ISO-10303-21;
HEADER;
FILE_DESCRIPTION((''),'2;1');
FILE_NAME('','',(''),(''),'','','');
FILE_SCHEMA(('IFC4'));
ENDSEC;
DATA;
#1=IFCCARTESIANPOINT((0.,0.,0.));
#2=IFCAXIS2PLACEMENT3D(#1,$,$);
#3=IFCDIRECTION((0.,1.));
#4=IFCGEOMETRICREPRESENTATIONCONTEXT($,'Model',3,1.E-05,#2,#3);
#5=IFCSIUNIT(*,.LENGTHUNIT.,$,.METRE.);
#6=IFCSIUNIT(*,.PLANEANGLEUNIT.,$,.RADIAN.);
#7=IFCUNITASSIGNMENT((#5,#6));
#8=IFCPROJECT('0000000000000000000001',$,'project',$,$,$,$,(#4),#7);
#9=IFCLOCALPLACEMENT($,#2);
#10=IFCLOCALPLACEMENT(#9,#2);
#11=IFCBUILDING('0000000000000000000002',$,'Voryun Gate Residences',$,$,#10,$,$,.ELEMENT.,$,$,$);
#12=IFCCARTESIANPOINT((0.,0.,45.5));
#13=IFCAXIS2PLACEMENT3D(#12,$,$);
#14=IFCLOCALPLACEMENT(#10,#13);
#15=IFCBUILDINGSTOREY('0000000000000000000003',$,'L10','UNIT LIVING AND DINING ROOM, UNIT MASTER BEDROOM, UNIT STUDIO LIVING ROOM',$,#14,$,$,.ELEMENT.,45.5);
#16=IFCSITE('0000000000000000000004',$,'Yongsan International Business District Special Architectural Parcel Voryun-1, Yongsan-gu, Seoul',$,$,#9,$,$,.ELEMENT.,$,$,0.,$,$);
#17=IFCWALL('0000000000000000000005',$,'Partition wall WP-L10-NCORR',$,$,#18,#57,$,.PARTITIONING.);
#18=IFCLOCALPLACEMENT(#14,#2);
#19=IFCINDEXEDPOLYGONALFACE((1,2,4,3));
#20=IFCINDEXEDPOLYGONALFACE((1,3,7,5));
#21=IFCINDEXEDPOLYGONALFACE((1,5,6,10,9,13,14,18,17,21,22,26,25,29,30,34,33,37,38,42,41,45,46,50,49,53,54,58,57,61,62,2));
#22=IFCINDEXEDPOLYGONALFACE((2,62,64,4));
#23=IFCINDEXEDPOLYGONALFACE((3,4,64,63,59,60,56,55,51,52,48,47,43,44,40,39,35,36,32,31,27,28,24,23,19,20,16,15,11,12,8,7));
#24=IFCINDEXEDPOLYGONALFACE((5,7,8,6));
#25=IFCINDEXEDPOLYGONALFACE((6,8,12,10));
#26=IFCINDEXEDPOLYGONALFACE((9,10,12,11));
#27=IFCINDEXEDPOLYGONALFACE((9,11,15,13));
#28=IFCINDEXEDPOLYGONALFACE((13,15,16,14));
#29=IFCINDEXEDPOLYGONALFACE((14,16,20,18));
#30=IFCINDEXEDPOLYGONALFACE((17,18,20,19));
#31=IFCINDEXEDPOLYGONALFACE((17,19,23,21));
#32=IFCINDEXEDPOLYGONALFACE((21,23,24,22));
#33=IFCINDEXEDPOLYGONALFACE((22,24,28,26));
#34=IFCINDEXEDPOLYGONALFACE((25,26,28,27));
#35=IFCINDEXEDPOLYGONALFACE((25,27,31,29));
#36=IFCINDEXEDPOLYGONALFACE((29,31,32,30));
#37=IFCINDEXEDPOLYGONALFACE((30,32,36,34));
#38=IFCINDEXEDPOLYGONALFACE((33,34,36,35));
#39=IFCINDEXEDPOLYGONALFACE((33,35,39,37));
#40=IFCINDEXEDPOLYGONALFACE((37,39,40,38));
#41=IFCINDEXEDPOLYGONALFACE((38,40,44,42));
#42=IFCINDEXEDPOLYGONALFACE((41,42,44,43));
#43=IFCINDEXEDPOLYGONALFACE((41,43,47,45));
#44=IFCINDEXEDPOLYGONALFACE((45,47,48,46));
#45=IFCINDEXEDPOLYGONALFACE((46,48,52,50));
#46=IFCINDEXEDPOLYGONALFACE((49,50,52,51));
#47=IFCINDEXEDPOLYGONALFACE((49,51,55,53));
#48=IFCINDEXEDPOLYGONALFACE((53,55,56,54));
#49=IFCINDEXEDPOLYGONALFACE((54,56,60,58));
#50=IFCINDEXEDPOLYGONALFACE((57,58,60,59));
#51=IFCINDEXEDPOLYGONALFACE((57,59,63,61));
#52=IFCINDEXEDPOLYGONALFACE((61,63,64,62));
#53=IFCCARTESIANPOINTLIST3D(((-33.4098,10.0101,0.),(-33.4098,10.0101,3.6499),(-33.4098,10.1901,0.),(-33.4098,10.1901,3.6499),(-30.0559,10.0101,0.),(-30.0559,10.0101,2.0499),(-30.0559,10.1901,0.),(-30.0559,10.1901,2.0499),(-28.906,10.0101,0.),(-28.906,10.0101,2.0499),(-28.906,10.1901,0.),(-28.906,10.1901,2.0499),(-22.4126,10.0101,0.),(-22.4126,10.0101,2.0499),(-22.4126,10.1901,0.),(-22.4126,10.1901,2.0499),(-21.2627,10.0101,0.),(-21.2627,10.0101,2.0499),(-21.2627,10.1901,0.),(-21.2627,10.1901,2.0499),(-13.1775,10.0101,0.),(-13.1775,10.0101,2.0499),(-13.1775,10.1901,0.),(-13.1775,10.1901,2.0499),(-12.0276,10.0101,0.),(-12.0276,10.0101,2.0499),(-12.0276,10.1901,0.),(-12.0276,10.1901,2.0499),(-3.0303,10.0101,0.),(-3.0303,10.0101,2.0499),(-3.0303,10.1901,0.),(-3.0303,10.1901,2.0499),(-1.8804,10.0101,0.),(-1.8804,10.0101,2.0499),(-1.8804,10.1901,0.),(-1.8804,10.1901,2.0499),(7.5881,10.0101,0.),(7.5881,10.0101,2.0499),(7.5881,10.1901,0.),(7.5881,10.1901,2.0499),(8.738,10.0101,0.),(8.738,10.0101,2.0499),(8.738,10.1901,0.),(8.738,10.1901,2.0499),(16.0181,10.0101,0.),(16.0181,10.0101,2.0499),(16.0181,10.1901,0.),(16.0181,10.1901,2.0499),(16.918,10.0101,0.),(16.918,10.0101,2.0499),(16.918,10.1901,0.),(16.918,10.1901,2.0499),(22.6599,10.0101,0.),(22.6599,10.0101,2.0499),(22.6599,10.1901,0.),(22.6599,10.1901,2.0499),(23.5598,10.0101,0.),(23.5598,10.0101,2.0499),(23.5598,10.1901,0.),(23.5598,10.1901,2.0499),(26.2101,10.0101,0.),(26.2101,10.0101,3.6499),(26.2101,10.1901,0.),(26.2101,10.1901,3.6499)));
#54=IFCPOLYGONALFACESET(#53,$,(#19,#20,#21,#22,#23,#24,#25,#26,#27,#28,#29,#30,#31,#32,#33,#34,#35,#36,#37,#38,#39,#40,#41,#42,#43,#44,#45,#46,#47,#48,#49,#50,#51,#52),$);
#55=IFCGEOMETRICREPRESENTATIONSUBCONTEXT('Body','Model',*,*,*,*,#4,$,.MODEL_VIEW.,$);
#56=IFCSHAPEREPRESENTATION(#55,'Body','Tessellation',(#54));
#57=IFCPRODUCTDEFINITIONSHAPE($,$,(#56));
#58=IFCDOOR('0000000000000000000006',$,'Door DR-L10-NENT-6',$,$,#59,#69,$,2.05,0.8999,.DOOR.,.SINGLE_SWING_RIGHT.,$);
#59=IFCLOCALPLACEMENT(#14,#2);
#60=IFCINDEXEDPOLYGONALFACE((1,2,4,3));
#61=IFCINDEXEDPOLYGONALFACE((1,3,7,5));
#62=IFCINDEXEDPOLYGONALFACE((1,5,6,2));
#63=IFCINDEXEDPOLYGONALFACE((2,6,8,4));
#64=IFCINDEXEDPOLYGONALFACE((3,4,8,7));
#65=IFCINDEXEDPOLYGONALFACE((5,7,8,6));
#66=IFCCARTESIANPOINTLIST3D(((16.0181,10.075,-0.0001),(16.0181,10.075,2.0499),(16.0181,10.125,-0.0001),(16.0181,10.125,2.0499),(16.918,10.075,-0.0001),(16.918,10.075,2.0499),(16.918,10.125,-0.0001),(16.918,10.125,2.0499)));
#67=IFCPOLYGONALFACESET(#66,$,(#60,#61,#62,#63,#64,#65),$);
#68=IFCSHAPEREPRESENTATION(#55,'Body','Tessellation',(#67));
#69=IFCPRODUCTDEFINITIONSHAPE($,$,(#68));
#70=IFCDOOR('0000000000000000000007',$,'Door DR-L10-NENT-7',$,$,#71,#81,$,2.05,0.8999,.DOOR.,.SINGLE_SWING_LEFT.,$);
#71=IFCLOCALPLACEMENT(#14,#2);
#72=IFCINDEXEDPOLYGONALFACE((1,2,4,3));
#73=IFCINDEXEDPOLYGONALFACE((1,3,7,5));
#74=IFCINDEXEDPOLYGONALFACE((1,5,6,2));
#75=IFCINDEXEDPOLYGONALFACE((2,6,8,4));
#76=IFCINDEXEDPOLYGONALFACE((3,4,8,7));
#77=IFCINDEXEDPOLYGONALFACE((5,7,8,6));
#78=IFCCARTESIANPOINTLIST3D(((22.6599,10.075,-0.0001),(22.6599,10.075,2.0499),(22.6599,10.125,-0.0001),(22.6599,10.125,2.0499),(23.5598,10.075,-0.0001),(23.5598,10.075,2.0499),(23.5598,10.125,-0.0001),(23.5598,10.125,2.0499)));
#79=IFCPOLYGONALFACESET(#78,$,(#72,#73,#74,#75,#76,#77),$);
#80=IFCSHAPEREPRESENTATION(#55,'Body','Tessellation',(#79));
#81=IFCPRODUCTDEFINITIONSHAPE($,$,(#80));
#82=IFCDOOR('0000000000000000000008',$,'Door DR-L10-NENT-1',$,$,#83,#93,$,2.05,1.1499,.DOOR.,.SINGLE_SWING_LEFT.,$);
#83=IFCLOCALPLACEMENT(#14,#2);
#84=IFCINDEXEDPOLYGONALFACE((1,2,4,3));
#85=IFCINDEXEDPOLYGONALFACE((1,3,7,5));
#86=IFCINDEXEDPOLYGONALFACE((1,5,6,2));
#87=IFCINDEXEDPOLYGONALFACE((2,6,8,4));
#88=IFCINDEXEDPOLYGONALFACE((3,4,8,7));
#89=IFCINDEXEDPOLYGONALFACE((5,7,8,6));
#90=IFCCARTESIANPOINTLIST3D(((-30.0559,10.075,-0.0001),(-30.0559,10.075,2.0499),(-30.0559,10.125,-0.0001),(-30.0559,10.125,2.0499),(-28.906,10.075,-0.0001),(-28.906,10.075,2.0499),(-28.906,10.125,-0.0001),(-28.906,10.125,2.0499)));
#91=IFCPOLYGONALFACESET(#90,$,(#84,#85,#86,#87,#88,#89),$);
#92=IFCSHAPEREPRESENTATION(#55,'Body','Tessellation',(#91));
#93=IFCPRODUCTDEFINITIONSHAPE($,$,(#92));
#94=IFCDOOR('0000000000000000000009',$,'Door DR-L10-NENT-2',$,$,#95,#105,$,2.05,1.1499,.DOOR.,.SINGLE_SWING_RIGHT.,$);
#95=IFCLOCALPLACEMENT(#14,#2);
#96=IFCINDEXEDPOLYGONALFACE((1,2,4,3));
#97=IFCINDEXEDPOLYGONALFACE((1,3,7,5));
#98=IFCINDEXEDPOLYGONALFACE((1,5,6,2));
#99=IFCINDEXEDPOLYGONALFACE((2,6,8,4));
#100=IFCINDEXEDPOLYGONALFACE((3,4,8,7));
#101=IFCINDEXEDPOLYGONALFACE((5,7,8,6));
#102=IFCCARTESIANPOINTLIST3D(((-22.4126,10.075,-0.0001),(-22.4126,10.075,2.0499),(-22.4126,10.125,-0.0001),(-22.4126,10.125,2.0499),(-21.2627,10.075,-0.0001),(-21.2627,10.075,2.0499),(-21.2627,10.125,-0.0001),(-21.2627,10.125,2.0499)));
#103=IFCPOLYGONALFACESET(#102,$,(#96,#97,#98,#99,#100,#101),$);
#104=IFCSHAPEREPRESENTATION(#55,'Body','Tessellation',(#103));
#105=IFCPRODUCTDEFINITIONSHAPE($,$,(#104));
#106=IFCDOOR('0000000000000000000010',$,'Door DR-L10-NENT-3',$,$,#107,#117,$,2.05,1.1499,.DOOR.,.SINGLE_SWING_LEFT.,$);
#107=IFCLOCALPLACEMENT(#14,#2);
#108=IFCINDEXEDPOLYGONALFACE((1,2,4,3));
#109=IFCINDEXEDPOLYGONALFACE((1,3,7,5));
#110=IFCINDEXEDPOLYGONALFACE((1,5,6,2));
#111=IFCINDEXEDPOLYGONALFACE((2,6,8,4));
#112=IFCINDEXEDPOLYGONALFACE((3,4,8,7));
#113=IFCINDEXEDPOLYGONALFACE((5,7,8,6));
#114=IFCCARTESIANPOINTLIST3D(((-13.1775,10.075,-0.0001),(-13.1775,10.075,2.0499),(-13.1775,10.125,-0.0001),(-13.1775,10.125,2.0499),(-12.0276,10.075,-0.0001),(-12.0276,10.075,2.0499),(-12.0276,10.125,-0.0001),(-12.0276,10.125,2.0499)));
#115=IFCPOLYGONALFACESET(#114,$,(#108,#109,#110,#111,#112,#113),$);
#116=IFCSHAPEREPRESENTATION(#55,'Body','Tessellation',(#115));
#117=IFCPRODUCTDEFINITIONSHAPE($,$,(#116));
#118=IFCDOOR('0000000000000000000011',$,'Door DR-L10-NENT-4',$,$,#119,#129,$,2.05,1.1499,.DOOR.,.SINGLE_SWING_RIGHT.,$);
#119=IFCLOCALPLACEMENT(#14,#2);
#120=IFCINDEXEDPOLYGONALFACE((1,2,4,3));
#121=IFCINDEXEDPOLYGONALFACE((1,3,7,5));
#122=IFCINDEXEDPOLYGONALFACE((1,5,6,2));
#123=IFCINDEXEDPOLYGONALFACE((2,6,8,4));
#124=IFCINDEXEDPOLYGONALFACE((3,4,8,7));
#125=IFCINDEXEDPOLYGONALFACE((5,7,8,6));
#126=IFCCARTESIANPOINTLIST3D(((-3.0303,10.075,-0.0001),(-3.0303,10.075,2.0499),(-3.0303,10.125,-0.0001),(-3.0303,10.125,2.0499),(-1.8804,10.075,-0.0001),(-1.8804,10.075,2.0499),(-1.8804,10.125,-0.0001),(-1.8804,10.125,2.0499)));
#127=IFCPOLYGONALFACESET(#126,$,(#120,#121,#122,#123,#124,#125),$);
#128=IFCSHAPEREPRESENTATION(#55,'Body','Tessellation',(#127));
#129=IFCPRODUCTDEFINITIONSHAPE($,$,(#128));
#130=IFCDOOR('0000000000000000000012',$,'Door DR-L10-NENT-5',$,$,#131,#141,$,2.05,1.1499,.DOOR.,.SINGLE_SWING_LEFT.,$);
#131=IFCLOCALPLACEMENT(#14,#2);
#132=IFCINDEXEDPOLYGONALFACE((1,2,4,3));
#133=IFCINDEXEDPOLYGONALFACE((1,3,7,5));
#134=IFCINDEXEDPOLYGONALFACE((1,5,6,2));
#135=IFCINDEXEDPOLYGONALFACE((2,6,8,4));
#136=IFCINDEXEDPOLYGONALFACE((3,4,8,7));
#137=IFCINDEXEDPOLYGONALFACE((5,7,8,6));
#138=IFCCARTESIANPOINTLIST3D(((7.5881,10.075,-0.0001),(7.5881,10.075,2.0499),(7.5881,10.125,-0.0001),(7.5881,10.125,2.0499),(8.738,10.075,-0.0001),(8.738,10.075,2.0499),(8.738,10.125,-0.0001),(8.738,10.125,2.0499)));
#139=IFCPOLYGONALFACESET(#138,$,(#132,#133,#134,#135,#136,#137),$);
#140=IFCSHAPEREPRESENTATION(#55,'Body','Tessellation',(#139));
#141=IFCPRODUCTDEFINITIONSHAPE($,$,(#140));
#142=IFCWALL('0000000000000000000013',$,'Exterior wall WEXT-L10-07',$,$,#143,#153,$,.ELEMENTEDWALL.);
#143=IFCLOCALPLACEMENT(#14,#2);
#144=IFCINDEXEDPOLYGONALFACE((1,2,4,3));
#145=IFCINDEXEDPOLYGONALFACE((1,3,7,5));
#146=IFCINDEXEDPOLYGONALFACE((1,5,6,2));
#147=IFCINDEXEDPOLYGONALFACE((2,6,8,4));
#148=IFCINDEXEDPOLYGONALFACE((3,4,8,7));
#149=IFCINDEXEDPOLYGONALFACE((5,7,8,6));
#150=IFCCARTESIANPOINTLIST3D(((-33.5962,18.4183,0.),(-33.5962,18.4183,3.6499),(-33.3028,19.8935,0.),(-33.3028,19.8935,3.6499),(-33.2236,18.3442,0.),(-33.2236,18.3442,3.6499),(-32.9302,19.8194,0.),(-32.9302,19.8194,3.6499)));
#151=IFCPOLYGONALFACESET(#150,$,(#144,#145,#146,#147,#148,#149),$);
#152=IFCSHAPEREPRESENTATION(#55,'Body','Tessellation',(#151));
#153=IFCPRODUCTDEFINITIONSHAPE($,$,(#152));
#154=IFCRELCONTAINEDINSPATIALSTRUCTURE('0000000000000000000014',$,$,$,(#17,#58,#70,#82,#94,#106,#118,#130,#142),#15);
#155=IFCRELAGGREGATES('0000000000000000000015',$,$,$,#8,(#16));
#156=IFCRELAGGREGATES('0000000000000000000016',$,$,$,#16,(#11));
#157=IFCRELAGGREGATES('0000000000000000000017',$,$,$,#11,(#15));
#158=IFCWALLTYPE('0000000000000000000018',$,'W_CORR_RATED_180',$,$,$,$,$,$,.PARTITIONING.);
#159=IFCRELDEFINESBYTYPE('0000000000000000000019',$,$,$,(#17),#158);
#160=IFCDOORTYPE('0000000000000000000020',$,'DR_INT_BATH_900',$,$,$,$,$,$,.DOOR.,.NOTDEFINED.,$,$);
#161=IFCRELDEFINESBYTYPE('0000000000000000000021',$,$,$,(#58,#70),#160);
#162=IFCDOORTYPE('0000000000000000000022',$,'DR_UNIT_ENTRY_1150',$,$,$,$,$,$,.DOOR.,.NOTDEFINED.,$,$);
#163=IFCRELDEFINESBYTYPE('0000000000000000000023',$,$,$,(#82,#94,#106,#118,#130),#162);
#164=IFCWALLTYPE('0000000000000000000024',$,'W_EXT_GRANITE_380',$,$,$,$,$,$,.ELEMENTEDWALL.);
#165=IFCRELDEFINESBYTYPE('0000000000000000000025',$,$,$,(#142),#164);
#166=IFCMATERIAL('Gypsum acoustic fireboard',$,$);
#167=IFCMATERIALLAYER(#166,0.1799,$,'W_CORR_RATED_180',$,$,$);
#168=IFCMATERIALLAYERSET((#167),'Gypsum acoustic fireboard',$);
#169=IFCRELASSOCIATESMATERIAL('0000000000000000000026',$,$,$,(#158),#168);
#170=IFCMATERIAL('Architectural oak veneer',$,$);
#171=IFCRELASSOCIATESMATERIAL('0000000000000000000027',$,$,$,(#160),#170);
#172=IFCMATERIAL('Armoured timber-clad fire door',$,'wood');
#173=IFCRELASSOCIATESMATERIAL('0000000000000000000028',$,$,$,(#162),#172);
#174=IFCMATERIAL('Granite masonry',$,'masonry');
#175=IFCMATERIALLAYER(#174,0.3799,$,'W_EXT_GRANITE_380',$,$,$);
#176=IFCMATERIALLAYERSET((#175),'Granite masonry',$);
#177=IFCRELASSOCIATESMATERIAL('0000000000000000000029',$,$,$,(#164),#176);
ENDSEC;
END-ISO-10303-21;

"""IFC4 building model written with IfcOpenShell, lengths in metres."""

from ifc_helpers import new_model, si_unit, direction, frame, frame_2d, origin, place, context, subcontext, project, spatial, rectangle, extrude, material, layer, layer_set, type_object, element, fill, save


model = new_model("IFC4")

# Units and contexts
model_context = context("Model", 3, precision=1e-05, world=origin(), true_north=direction((0.0, 1.0)))
body_context = subcontext(model_context, "Body", "Model", "MODEL_VIEW")
ifc_project = project(units=[si_unit("LENGTHUNIT", "METRE"), si_unit("PLANEANGLEUNIT", "RADIAN")], contexts=[model_context])

# Site, building, storey
site_placement = place(None, origin())
site = spatial("IfcSite", under=ifc_project, at=site_placement, Name="Yongsan International Business District Special Architectural Parcel Voryun-1, Yongsan-gu, Seoul", CompositionType="ELEMENT", RefElevation=0.0)
building_placement = place(site_placement, origin())
building = spatial("IfcBuilding", under=site, at=building_placement, Name="Voryun Gate Residences", CompositionType="ELEMENT")
storey_placement = place(building_placement, frame((0.0, 0.0, 45.5)))
storey = spatial("IfcBuildingStorey", under=building, at=storey_placement, Name="L10", Description="UNIT LIVING AND DINING ROOM, UNIT MASTER BEDROOM, UNIT STUDIO LIVING ROOM", CompositionType="ELEMENT", Elevation=45.5)

# Wall, openings, doors
ifc_material_1 = material(Name="Gypsum acoustic fireboard")
ifc_layer_1 = layer(ifc_material_1, 0.1799, Name="W_CORR_RATED_180")
ifc_layer_set_1 = layer_set([ifc_layer_1], Name="Gypsum acoustic fireboard")
wall_type_1 = type_object("IfcWallType", Name="W_CORR_RATED_180", PredefinedType="PARTITIONING", material=ifc_layer_set_1)
wall_1_placement = place(storey_placement, frame((-33.4099, 10.1001, 0.0), z_axis=(0.0, 0.0, 1.0), x_axis=(1.0, 0.0, 0.0)))
wall_1 = element("IfcWall", 1, at=wall_1_placement, inside=storey, type_object=wall_type_1, Name="Partition wall WP-L10-NCORR", PredefinedType="PARTITIONING", context=body_context, shape_type="SweptSolid", body=[
    extrude(rectangle(XDim=59.6199, YDim=0.1799, at=frame_2d((29.8101, 0.0))), origin(), (0.0, 0.0, 1.0), 3.6499),
])
opening_1_placement = place(wall_1_placement, frame((3.354, 0.0, 0.0)))
opening_1 = element("IfcOpeningElement", 2, at=opening_1_placement, cuts=wall_1, PredefinedType="OPENING", context=body_context, shape_type="SweptSolid", body=[
    extrude(rectangle(XDim=1.1499, YDim=2.05, at=frame_2d((0.575, 1.0249))), frame((0.0, 0.0999, 0.0), z_axis=(0.0, -1.0, 0.0), x_axis=(1.0, 0.0, 0.0)), (0.0, 0.0, 1.0), 0.2),
])
opening_2_placement = place(wall_1_placement, frame((10.9973, 0.0, 0.0)))
opening_2 = element("IfcOpeningElement", 3, at=opening_2_placement, cuts=wall_1, PredefinedType="OPENING", context=body_context, shape_type="SweptSolid", body=[
    extrude(rectangle(XDim=1.1499, YDim=2.05, at=frame_2d((0.575, 1.0249))), frame((0.0, 0.0999, 0.0), z_axis=(0.0, -1.0, 0.0), x_axis=(1.0, 0.0, 0.0)), (0.0, 0.0, 1.0), 0.2),
])
opening_3_placement = place(wall_1_placement, frame((20.2324, 0.0, 0.0)))
opening_3 = element("IfcOpeningElement", 4, at=opening_3_placement, cuts=wall_1, PredefinedType="OPENING", context=body_context, shape_type="SweptSolid", body=[
    extrude(rectangle(XDim=1.1499, YDim=2.05, at=frame_2d((0.575, 1.0249))), frame((0.0, 0.0999, 0.0), z_axis=(0.0, -1.0, 0.0), x_axis=(1.0, 0.0, 0.0)), (0.0, 0.0, 1.0), 0.2),
])
opening_4_placement = place(wall_1_placement, frame((30.3796, 0.0, 0.0)))
opening_4 = element("IfcOpeningElement", 5, at=opening_4_placement, cuts=wall_1, PredefinedType="OPENING", context=body_context, shape_type="SweptSolid", body=[
    extrude(rectangle(XDim=1.1499, YDim=2.05, at=frame_2d((0.575, 1.0249))), frame((0.0, 0.0999, 0.0), z_axis=(0.0, -1.0, 0.0), x_axis=(1.0, 0.0, 0.0)), (0.0, 0.0, 1.0), 0.2),
])
opening_5_placement = place(wall_1_placement, frame((40.998, 0.0, 0.0)))
opening_5 = element("IfcOpeningElement", 6, at=opening_5_placement, cuts=wall_1, PredefinedType="OPENING", context=body_context, shape_type="SweptSolid", body=[
    extrude(rectangle(XDim=1.1499, YDim=2.05, at=frame_2d((0.575, 1.0249))), frame((0.0, 0.0999, 0.0), z_axis=(0.0, -1.0, 0.0), x_axis=(1.0, 0.0, 0.0)), (0.0, 0.0, 1.0), 0.2),
])
opening_6_placement = place(wall_1_placement, frame((49.428, 0.0, 0.0)))
opening_6 = element("IfcOpeningElement", 7, at=opening_6_placement, cuts=wall_1, PredefinedType="OPENING", context=body_context, shape_type="SweptSolid", body=[
    extrude(rectangle(XDim=0.8999, YDim=2.05, at=frame_2d((0.45, 1.0249))), frame((0.0, 0.0999, 0.0), z_axis=(0.0, -1.0, 0.0), x_axis=(1.0, 0.0, 0.0)), (0.0, 0.0, 1.0), 0.2),
])
opening_7_placement = place(wall_1_placement, frame((56.0698, 0.0, 0.0)))
opening_7 = element("IfcOpeningElement", 8, at=opening_7_placement, cuts=wall_1, PredefinedType="OPENING", context=body_context, shape_type="SweptSolid", body=[
    extrude(rectangle(XDim=0.8999, YDim=2.05, at=frame_2d((0.45, 1.0249))), frame((0.0, 0.0999, 0.0), z_axis=(0.0, -1.0, 0.0), x_axis=(1.0, 0.0, 0.0)), (0.0, 0.0, 1.0), 0.2),
])
ifc_material_2 = material(Name="Architectural oak veneer")
door_type_1 = type_object("IfcDoorType", Name="DR_INT_BATH_900", OperationType="NOTDEFINED", PredefinedType="DOOR", material=ifc_material_2)
door_1_placement = place(opening_6_placement, origin())
door_1 = element("IfcDoor", 9, at=door_1_placement, inside=storey, type_object=door_type_1, Name="Door DR-L10-NENT-6", OperationType="SINGLE_SWING_RIGHT", OverallHeight=2.05, OverallWidth=0.8999, PredefinedType="DOOR", context=body_context, shape_type="SweptSolid", body=[
    extrude(rectangle(XDim=0.8999, YDim=2.05, at=frame_2d((0.45, 1.0249))), frame((0.0, 0.0249, 0.0), z_axis=(0.0, -1.0, 0.0), x_axis=(1.0, 0.0, 0.0)), (0.0, 0.0, 1.0), 0.05),
])
fill(opening_6, door_1)
door_2_placement = place(opening_7_placement, origin())
door_2 = element("IfcDoor", 10, at=door_2_placement, inside=storey, type_object=door_type_1, Name="Door DR-L10-NENT-7", OperationType="SINGLE_SWING_LEFT", OverallHeight=2.05, OverallWidth=0.8999, PredefinedType="DOOR", context=body_context, shape_type="SweptSolid", body=[
    extrude(rectangle(XDim=0.8999, YDim=2.05, at=frame_2d((0.45, 1.0249))), frame((0.0, 0.0249, 0.0), z_axis=(0.0, -1.0, 0.0), x_axis=(1.0, 0.0, 0.0)), (0.0, 0.0, 1.0), 0.05),
])
fill(opening_7, door_2)
ifc_material_3 = material(Name="Armoured timber-clad fire door", Category="wood")
door_type_2 = type_object("IfcDoorType", Name="DR_UNIT_ENTRY_1150", OperationType="NOTDEFINED", PredefinedType="DOOR", material=ifc_material_3)
door_3_placement = place(opening_1_placement, origin())
door_3 = element("IfcDoor", 11, at=door_3_placement, inside=storey, type_object=door_type_2, Name="Door DR-L10-NENT-1", OperationType="SINGLE_SWING_LEFT", OverallHeight=2.05, OverallWidth=1.1499, PredefinedType="DOOR", context=body_context, shape_type="SweptSolid", body=[
    extrude(rectangle(XDim=1.1499, YDim=2.05, at=frame_2d((0.575, 1.0249))), frame((0.0, 0.0249, 0.0), z_axis=(0.0, -1.0, 0.0), x_axis=(1.0, 0.0, 0.0)), (0.0, 0.0, 1.0), 0.05),
])
fill(opening_1, door_3)
door_4_placement = place(opening_2_placement, origin())
door_4 = element("IfcDoor", 12, at=door_4_placement, inside=storey, type_object=door_type_2, Name="Door DR-L10-NENT-2", OperationType="SINGLE_SWING_RIGHT", OverallHeight=2.05, OverallWidth=1.1499, PredefinedType="DOOR", context=body_context, shape_type="SweptSolid", body=[
    extrude(rectangle(XDim=1.1499, YDim=2.05, at=frame_2d((0.575, 1.0249))), frame((0.0, 0.0249, 0.0), z_axis=(0.0, -1.0, 0.0), x_axis=(1.0, 0.0, 0.0)), (0.0, 0.0, 1.0), 0.05),
])
fill(opening_2, door_4)
door_5_placement = place(opening_3_placement, origin())
door_5 = element("IfcDoor", 13, at=door_5_placement, inside=storey, type_object=door_type_2, Name="Door DR-L10-NENT-3", OperationType="SINGLE_SWING_LEFT", OverallHeight=2.05, OverallWidth=1.1499, PredefinedType="DOOR", context=body_context, shape_type="SweptSolid", body=[
    extrude(rectangle(XDim=1.1499, YDim=2.05, at=frame_2d((0.575, 1.0249))), frame((0.0, 0.0249, 0.0), z_axis=(0.0, -1.0, 0.0), x_axis=(1.0, 0.0, 0.0)), (0.0, 0.0, 1.0), 0.05),
])
fill(opening_3, door_5)
door_6_placement = place(opening_4_placement, origin())
door_6 = element("IfcDoor", 14, at=door_6_placement, inside=storey, type_object=door_type_2, Name="Door DR-L10-NENT-4", OperationType="SINGLE_SWING_RIGHT", OverallHeight=2.05, OverallWidth=1.1499, PredefinedType="DOOR", context=body_context, shape_type="SweptSolid", body=[
    extrude(rectangle(XDim=1.1499, YDim=2.05, at=frame_2d((0.575, 1.0249))), frame((0.0, 0.0249, 0.0), z_axis=(0.0, -1.0, 0.0), x_axis=(1.0, 0.0, 0.0)), (0.0, 0.0, 1.0), 0.05),
])
fill(opening_4, door_6)
door_7_placement = place(opening_5_placement, origin())
door_7 = element("IfcDoor", 15, at=door_7_placement, inside=storey, type_object=door_type_2, Name="Door DR-L10-NENT-5", OperationType="SINGLE_SWING_LEFT", OverallHeight=2.05, OverallWidth=1.1499, PredefinedType="DOOR", context=body_context, shape_type="SweptSolid", body=[
    extrude(rectangle(XDim=1.1499, YDim=2.05, at=frame_2d((0.575, 1.0249))), frame((0.0, 0.0249, 0.0), z_axis=(0.0, -1.0, 0.0), x_axis=(1.0, 0.0, 0.0)), (0.0, 0.0, 1.0), 0.05),
])
fill(opening_5, door_7)

# Wall
ifc_material_4 = material(Name="Granite masonry", Category="masonry")
ifc_layer_2 = layer(ifc_material_4, 0.3799, Name="W_EXT_GRANITE_380")
ifc_layer_set_2 = layer_set([ifc_layer_2], Name="Granite masonry")
wall_type_2 = type_object("IfcWallType", Name="W_EXT_GRANITE_380", PredefinedType="ELEMENTEDWALL", material=ifc_layer_set_2)
wall_2_placement = place(storey_placement, frame((-33.4099, 18.3813, 0.0), z_axis=(0.0, 0.0, 1.0), x_axis=(0.195086, 0.980786, 0.0)))
element("IfcWall", 16, at=wall_2_placement, inside=storey, type_object=wall_type_2, Name="Exterior wall WEXT-L10-07", PredefinedType="ELEMENTEDWALL", context=body_context, shape_type="SweptSolid", body=[
    extrude(rectangle(XDim=1.5042, YDim=0.3799, at=frame_2d((0.752, 0.0))), origin(), (0.0, 0.0, 1.0), 3.6499),
])

save(model, "model.ifc")
